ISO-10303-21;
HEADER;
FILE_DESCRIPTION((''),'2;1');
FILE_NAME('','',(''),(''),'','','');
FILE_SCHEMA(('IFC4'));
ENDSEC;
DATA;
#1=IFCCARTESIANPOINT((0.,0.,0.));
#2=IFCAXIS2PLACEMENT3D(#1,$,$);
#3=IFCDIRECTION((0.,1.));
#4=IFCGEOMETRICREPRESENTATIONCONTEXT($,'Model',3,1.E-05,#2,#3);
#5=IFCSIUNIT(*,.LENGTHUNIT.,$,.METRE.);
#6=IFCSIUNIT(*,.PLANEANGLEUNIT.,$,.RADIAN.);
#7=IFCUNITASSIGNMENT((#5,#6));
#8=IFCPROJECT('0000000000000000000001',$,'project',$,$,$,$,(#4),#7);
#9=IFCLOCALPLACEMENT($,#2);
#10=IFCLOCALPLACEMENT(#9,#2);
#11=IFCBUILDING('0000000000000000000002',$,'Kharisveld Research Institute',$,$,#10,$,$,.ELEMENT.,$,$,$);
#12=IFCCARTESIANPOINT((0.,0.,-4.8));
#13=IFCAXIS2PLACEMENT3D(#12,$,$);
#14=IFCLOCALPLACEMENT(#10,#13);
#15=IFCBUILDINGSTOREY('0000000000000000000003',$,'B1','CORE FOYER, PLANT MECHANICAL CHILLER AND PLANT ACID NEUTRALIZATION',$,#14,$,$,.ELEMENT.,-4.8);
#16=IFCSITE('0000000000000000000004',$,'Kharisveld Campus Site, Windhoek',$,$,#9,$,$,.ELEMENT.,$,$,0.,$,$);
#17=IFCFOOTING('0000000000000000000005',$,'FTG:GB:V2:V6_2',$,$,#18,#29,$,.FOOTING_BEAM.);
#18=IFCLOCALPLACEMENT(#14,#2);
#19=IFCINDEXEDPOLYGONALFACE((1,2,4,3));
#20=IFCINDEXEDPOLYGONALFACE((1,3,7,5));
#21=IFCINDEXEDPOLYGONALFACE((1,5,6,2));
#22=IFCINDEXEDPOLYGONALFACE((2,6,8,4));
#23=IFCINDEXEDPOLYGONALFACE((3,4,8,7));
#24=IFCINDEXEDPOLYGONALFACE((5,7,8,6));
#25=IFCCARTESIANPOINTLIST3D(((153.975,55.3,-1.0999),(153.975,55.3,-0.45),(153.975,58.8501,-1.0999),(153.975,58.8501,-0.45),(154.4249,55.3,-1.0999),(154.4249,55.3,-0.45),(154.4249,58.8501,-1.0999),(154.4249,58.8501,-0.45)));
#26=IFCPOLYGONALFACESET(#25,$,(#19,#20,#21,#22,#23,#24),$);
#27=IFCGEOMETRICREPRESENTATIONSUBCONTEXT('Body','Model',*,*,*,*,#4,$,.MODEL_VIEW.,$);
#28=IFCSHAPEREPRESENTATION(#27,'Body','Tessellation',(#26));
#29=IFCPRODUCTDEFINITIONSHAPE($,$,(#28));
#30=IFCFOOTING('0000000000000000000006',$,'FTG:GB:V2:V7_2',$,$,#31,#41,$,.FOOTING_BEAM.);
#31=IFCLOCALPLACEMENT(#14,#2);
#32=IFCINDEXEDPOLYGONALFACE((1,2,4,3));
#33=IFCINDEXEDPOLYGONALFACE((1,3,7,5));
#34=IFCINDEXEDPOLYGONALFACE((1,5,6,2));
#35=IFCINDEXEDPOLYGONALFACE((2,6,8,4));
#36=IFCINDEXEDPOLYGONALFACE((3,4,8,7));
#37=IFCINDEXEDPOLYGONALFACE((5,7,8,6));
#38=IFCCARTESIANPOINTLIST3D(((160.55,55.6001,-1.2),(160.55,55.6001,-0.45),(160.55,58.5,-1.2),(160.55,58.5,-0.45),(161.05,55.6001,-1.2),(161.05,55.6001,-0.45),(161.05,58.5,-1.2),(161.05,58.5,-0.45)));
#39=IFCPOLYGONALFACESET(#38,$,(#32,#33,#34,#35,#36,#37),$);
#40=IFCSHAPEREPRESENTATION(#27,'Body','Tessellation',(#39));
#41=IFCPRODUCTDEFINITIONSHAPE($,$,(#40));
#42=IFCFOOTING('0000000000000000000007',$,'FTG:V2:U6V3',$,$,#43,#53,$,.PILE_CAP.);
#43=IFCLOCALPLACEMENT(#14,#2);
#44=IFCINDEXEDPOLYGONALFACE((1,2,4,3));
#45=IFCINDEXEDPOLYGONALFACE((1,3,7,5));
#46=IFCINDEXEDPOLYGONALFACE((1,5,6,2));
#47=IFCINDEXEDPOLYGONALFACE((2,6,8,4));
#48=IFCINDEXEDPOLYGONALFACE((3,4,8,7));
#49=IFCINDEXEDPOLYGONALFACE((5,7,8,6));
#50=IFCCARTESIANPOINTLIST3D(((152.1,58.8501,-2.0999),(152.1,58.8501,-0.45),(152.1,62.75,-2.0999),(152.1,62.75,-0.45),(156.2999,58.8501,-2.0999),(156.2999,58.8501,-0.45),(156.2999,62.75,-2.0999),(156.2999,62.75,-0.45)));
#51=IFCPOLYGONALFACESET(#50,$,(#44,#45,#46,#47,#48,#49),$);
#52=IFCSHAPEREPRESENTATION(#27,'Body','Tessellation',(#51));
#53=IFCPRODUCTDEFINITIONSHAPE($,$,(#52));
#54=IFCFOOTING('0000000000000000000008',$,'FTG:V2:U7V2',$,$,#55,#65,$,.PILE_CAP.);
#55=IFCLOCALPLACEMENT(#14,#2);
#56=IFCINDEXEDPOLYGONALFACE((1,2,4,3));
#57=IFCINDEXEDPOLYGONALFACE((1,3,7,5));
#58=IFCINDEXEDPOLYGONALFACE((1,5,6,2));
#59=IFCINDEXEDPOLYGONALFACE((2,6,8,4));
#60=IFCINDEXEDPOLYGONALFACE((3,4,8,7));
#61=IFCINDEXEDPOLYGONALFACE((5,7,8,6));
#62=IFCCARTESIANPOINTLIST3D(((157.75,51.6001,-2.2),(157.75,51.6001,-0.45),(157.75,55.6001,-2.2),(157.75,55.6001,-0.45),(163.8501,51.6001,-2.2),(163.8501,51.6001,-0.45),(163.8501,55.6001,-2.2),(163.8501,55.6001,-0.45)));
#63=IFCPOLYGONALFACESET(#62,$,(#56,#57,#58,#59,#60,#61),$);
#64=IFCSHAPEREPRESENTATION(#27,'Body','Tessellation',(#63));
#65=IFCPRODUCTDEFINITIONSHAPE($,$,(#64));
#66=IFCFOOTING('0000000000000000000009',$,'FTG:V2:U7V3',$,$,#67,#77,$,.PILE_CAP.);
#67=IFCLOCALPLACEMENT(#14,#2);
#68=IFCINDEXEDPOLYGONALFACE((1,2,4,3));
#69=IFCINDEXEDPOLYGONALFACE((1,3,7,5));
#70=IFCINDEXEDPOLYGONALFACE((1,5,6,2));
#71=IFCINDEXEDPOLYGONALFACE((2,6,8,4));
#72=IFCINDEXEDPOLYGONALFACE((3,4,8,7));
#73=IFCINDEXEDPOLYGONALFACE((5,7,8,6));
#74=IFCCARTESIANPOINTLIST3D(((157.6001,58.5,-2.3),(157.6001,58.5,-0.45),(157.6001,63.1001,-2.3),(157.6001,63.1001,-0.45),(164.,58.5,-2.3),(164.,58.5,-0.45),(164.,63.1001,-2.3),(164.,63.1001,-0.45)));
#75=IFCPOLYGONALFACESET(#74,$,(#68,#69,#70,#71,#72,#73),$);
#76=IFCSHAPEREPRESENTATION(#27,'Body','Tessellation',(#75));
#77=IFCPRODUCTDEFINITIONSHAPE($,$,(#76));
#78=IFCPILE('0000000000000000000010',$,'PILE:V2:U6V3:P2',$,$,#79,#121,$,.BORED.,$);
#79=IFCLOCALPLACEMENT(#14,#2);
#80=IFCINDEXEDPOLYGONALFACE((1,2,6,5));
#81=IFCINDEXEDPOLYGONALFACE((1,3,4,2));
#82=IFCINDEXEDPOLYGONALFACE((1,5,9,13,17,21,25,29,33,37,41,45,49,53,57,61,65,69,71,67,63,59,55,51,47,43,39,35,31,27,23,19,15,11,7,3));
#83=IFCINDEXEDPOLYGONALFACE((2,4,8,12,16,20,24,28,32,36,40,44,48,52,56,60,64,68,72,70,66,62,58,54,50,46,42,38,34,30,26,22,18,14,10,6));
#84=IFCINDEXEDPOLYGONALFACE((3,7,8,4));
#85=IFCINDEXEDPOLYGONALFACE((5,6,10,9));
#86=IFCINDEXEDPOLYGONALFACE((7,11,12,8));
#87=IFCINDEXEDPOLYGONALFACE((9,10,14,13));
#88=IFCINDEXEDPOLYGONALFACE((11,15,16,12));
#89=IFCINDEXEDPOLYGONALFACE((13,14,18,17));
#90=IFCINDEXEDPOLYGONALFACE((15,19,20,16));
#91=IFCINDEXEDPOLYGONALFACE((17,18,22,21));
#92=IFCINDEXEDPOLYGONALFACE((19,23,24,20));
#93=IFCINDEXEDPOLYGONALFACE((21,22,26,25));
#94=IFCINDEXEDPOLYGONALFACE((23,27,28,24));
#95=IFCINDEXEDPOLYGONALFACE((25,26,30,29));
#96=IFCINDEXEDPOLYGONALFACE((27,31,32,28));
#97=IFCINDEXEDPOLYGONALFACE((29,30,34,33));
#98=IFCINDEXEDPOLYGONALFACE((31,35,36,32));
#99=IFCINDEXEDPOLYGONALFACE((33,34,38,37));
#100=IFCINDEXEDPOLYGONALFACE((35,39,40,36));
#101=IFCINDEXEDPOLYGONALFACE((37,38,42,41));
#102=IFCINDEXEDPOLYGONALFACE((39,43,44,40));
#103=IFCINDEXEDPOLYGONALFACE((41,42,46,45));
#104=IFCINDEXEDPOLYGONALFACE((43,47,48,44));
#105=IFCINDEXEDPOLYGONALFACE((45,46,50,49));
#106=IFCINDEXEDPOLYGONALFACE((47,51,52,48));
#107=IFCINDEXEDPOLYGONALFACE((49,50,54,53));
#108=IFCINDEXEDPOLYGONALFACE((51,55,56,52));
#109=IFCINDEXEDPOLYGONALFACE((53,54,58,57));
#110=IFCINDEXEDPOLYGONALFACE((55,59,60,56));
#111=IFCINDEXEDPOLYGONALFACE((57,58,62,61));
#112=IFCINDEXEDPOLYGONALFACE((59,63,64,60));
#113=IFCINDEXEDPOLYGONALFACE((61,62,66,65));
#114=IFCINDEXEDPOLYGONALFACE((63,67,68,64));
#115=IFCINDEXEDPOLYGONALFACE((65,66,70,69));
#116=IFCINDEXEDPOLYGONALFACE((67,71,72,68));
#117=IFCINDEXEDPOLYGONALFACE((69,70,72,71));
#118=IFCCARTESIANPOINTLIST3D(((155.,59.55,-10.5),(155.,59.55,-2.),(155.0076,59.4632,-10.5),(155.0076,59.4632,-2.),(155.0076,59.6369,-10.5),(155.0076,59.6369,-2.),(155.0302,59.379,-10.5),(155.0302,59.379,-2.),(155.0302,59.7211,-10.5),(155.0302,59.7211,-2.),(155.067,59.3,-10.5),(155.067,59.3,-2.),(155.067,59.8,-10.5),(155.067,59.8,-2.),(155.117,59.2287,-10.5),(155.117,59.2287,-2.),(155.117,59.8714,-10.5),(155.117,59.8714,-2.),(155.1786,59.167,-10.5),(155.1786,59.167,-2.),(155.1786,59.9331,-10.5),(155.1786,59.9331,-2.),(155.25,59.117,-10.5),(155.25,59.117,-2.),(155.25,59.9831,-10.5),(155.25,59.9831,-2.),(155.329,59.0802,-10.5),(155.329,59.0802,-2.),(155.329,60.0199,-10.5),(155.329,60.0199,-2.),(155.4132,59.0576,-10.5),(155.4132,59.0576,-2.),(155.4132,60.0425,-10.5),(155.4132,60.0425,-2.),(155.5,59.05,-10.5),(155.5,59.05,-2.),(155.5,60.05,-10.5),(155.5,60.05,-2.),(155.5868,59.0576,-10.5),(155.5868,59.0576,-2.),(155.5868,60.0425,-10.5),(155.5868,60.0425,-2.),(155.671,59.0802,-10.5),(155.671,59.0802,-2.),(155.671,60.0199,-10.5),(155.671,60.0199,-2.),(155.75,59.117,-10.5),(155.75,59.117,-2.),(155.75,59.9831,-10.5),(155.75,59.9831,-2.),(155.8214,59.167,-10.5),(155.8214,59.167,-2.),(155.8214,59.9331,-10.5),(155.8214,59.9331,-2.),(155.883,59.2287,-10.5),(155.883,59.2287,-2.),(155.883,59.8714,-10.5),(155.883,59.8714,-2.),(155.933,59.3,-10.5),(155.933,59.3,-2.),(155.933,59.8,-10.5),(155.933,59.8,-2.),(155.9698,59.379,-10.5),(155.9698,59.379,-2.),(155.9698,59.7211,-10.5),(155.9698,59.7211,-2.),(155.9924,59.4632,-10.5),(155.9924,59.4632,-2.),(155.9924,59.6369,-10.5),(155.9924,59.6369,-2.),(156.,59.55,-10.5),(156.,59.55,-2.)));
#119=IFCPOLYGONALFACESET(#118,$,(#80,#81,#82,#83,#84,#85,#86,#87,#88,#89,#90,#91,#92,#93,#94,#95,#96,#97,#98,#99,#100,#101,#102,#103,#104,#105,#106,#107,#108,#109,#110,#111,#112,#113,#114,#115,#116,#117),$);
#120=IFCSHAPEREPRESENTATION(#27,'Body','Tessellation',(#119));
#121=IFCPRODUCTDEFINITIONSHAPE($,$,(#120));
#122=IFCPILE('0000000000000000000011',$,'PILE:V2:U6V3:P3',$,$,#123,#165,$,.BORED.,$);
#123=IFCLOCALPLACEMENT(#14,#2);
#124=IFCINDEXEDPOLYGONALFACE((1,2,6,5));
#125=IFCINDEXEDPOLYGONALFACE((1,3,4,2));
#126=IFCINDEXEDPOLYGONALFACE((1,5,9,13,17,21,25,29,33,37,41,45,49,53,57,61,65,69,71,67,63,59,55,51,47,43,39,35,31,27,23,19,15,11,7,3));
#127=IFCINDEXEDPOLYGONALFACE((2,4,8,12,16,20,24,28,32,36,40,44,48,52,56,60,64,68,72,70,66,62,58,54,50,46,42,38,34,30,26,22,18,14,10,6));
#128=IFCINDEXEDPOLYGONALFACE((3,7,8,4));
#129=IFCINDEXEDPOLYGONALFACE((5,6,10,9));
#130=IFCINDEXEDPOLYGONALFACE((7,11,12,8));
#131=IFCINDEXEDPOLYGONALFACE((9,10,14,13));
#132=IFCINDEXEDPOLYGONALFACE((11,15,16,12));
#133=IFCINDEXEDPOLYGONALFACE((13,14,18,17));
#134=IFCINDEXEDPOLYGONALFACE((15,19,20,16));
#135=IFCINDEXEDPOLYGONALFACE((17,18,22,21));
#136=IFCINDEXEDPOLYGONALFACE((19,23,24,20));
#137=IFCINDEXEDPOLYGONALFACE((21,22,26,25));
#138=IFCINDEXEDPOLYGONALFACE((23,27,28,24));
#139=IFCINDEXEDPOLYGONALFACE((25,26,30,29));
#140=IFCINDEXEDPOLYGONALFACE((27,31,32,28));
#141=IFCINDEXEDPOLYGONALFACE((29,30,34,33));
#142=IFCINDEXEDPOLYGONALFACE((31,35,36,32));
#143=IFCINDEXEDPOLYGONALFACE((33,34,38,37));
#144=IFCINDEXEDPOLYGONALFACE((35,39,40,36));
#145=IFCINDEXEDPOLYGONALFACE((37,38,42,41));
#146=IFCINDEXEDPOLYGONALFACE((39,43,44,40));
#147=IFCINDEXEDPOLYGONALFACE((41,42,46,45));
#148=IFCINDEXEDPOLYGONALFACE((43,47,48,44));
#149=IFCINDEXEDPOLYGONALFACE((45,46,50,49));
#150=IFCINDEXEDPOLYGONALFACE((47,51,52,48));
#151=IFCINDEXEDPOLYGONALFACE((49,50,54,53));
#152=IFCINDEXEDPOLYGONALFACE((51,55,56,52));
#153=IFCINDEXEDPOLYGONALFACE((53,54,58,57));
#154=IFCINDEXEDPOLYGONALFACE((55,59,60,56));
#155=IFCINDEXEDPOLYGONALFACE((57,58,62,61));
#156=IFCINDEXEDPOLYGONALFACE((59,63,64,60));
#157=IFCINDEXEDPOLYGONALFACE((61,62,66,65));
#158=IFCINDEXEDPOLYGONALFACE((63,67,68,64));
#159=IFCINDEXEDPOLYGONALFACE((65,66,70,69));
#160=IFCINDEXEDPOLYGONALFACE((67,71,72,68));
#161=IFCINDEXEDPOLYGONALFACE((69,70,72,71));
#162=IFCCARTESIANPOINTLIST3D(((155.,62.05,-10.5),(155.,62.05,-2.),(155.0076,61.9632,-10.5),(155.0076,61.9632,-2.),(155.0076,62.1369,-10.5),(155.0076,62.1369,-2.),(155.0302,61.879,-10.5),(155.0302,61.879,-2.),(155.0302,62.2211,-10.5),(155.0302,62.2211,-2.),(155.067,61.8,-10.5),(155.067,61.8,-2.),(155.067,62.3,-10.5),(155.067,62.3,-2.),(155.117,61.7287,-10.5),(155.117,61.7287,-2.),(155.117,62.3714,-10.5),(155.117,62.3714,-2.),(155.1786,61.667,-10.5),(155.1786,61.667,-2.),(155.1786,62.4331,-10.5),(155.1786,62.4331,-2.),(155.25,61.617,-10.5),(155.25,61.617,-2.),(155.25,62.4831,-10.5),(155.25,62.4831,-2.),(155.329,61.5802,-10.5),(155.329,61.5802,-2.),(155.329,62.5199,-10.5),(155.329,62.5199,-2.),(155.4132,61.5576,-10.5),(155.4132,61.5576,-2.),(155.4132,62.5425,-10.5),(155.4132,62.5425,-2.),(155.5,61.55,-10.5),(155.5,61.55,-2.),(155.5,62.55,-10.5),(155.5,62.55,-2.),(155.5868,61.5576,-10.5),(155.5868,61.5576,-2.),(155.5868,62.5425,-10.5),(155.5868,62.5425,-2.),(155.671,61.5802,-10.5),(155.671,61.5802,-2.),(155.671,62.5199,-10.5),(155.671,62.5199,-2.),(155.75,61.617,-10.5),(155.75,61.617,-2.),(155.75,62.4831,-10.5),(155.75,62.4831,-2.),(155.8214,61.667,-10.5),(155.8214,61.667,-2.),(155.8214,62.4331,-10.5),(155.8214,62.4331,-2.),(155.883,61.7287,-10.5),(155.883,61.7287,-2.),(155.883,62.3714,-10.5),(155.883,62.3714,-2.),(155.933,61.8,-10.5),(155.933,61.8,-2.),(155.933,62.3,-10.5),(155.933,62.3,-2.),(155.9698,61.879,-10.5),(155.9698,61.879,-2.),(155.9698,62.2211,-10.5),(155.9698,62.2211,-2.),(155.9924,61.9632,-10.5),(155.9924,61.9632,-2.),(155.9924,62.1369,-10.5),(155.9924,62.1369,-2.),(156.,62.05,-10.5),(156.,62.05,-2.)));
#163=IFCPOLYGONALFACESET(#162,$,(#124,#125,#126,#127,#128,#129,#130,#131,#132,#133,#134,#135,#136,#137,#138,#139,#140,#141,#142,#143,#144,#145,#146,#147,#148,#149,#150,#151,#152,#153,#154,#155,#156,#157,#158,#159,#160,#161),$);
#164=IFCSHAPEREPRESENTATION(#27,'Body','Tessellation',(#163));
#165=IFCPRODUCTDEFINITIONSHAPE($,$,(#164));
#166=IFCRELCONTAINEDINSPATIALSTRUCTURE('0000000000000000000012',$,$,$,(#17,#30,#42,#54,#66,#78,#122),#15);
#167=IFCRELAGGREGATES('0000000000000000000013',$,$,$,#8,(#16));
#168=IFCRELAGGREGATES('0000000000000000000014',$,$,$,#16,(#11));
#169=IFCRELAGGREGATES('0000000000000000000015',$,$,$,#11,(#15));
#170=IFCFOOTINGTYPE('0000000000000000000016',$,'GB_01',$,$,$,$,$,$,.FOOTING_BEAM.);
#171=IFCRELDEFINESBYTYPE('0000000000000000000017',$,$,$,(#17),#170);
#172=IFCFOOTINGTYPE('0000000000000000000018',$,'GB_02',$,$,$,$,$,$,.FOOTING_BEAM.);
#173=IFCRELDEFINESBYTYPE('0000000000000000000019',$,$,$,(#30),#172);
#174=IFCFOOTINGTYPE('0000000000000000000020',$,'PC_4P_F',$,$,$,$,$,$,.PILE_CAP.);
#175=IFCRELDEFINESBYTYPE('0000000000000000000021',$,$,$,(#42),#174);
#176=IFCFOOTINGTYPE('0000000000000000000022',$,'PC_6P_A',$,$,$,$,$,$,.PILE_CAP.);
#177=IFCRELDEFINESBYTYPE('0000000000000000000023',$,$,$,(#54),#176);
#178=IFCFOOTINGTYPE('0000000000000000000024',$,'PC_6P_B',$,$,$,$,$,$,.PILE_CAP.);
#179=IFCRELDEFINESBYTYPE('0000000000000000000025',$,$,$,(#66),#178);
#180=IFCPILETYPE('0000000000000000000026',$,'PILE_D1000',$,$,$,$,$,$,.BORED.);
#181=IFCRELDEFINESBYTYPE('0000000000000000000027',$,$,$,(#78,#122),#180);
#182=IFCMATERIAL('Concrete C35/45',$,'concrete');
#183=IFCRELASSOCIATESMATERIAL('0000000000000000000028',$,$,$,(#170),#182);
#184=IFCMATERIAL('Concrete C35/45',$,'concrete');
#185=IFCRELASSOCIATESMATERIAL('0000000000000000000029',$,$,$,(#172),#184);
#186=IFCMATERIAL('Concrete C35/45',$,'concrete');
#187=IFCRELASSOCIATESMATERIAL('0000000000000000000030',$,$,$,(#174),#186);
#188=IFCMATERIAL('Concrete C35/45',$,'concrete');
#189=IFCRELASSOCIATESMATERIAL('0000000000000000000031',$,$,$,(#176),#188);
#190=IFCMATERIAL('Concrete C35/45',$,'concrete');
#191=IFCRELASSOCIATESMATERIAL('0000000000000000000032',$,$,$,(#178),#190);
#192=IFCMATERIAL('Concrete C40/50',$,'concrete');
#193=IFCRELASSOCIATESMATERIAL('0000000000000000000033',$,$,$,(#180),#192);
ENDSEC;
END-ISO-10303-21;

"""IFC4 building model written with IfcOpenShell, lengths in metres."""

from ifc_helpers import new_model, si_unit, direction, frame, origin, origin_2d, place, context, subcontext, project, spatial, rectangle, circle, extrude, material, material_profile, profile_set, type_object, element, save


model = new_model("IFC4")

# Units and contexts
model_context = context("Model", 3, precision=1e-05, world=origin(), true_north=direction((0.0, 1.0)))
body_context = subcontext(model_context, "Body", "Model", "MODEL_VIEW")
ifc_project = project(units=[si_unit("LENGTHUNIT", "METRE"), si_unit("PLANEANGLEUNIT", "RADIAN")], contexts=[model_context])

# Site, building, storey
site_placement = place(None, origin())
site = spatial("IfcSite", under=ifc_project, at=site_placement, Name="Kharisveld Campus Site, Windhoek", CompositionType="ELEMENT", RefElevation=0.0)
building_placement = place(site_placement, origin())
building = spatial("IfcBuilding", under=site, at=building_placement, Name="Kharisveld Research Institute", CompositionType="ELEMENT")
storey_placement = place(building_placement, frame((0.0, 0.0, -4.8)))
storey = spatial("IfcBuildingStorey", under=building, at=storey_placement, Name="B1", Description="CORE FOYER, PLANT MECHANICAL CHILLER AND PLANT ACID NEUTRALIZATION", CompositionType="ELEMENT", Elevation=-4.8)

# Footings
ifc_material_1 = material(Name="Concrete C35/45", Category="concrete")
ifc_material_profile_1 = material_profile(ifc_material_1, rectangle(XDim=0.45, YDim=0.6499, at=origin_2d()))
ifc_profile_set_1 = profile_set([ifc_material_profile_1], Name="Concrete C35/45")
footing_type_1 = type_object("IfcFootingType", Name="GB_01", PredefinedType="FOOTING_BEAM", material=ifc_profile_set_1)
footing_1_placement = place(storey_placement, frame((154.2, 55.3, -0.7749), z_axis=(0.0, 1.0, 0.0), x_axis=(-1.0, 0.0, 0.0)))
element("IfcFooting", 1, at=footing_1_placement, inside=storey, type_object=footing_type_1, Name="FTG:GB:V2:V6_2", PredefinedType="FOOTING_BEAM", context=body_context, shape_type="SweptSolid", body=[
    extrude(rectangle(XDim=0.45, YDim=0.6499, at=origin_2d()), origin(), (0.0, 0.0, 1.0), 3.55),
])
ifc_material_2 = material(Name="Concrete C35/45", Category="concrete")
ifc_material_profile_2 = material_profile(ifc_material_2, rectangle(XDim=0.5, YDim=0.75, at=origin_2d()))
ifc_profile_set_2 = profile_set([ifc_material_profile_2], Name="Concrete C35/45")
footing_type_2 = type_object("IfcFootingType", Name="GB_02", PredefinedType="FOOTING_BEAM", material=ifc_profile_set_2)
footing_2_placement = place(storey_placement, frame((160.8, 55.6001, -0.825), z_axis=(0.0, 1.0, 0.0), x_axis=(-1.0, 0.0, 0.0)))
element("IfcFooting", 2, at=footing_2_placement, inside=storey, type_object=footing_type_2, Name="FTG:GB:V2:V7_2", PredefinedType="FOOTING_BEAM", context=body_context, shape_type="SweptSolid", body=[
    extrude(rectangle(XDim=0.5, YDim=0.75, at=origin_2d()), origin(), (0.0, 0.0, 1.0), 2.8999),
])
ifc_material_3 = material(Name="Concrete C35/45", Category="concrete")
footing_type_3 = type_object("IfcFootingType", Name="PC_4P_F", PredefinedType="PILE_CAP", material=ifc_material_3)
footing_3_placement = place(storey_placement, frame((154.2, 60.8, -2.0999), z_axis=(0.0, 0.0, 1.0), x_axis=(1.0, 0.0, 0.0)))
element("IfcFooting", 3, at=footing_3_placement, inside=storey, type_object=footing_type_3, Name="FTG:V2:U6V3", PredefinedType="PILE_CAP", context=body_context, shape_type="SweptSolid", body=[
    extrude(rectangle(XDim=4.2, YDim=3.8999, at=origin_2d()), origin(), (0.0, 0.0, 1.0), 1.6499),
])
ifc_material_4 = material(Name="Concrete C35/45", Category="concrete")
footing_type_4 = type_object("IfcFootingType", Name="PC_6P_A", PredefinedType="PILE_CAP", material=ifc_material_4)
footing_4_placement = place(storey_placement, frame((160.8, 53.6001, -2.2), z_axis=(0.0, 0.0, 1.0), x_axis=(1.0, 0.0, 0.0)))
element("IfcFooting", 4, at=footing_4_placement, inside=storey, type_object=footing_type_4, Name="FTG:V2:U7V2", PredefinedType="PILE_CAP", context=body_context, shape_type="SweptSolid", body=[
    extrude(rectangle(XDim=6.1001, YDim=4.0, at=origin_2d()), origin(), (0.0, 0.0, 1.0), 1.75),
])
ifc_material_5 = material(Name="Concrete C35/45", Category="concrete")
footing_type_5 = type_object("IfcFootingType", Name="PC_6P_B", PredefinedType="PILE_CAP", material=ifc_material_5)
footing_5_placement = place(storey_placement, frame((160.8, 60.8, -2.3), z_axis=(0.0, 0.0, 1.0), x_axis=(1.0, 0.0, 0.0)))
element("IfcFooting", 5, at=footing_5_placement, inside=storey, type_object=footing_type_5, Name="FTG:V2:U7V3", PredefinedType="PILE_CAP", context=body_context, shape_type="SweptSolid", body=[
    extrude(rectangle(XDim=6.3999, YDim=4.6001, at=origin_2d()), origin(), (0.0, 0.0, 1.0), 1.8501),
])

# Piles
ifc_material_6 = material(Name="Concrete C40/50", Category="concrete")
ifc_material_profile_3 = material_profile(ifc_material_6, circle(Radius=0.5, at=origin_2d()))
ifc_profile_set_3 = profile_set([ifc_material_profile_3], Name="Concrete C40/50")
pile_type_1 = type_object("IfcPileType", Name="PILE_D1000", PredefinedType="BORED", material=ifc_profile_set_3)
for number, where, z_axis, x_axis, name in (
    (6, (155.5, 59.55, -2.0), (0.0, 0.0, -1.0), (1.0, 0.0, 0.0), "PILE:V2:U6V3:P2"),
    (7, (155.5, 62.05, -2.0), (0.0, 0.0, -1.0), (1.0, 0.0, 0.0), "PILE:V2:U6V3:P3"),
):
    element("IfcPile", number, at=place(storey_placement, frame(where, z_axis=z_axis, x_axis=x_axis)), inside=storey, type_object=pile_type_1, Name=name, PredefinedType="BORED", context=body_context, shape_type="SweptSolid", body=[
        extrude(circle(Radius=0.5, at=origin_2d()), origin(), (0.0, 0.0, 1.0), 8.5),
    ])

save(model, "model.ifc")
